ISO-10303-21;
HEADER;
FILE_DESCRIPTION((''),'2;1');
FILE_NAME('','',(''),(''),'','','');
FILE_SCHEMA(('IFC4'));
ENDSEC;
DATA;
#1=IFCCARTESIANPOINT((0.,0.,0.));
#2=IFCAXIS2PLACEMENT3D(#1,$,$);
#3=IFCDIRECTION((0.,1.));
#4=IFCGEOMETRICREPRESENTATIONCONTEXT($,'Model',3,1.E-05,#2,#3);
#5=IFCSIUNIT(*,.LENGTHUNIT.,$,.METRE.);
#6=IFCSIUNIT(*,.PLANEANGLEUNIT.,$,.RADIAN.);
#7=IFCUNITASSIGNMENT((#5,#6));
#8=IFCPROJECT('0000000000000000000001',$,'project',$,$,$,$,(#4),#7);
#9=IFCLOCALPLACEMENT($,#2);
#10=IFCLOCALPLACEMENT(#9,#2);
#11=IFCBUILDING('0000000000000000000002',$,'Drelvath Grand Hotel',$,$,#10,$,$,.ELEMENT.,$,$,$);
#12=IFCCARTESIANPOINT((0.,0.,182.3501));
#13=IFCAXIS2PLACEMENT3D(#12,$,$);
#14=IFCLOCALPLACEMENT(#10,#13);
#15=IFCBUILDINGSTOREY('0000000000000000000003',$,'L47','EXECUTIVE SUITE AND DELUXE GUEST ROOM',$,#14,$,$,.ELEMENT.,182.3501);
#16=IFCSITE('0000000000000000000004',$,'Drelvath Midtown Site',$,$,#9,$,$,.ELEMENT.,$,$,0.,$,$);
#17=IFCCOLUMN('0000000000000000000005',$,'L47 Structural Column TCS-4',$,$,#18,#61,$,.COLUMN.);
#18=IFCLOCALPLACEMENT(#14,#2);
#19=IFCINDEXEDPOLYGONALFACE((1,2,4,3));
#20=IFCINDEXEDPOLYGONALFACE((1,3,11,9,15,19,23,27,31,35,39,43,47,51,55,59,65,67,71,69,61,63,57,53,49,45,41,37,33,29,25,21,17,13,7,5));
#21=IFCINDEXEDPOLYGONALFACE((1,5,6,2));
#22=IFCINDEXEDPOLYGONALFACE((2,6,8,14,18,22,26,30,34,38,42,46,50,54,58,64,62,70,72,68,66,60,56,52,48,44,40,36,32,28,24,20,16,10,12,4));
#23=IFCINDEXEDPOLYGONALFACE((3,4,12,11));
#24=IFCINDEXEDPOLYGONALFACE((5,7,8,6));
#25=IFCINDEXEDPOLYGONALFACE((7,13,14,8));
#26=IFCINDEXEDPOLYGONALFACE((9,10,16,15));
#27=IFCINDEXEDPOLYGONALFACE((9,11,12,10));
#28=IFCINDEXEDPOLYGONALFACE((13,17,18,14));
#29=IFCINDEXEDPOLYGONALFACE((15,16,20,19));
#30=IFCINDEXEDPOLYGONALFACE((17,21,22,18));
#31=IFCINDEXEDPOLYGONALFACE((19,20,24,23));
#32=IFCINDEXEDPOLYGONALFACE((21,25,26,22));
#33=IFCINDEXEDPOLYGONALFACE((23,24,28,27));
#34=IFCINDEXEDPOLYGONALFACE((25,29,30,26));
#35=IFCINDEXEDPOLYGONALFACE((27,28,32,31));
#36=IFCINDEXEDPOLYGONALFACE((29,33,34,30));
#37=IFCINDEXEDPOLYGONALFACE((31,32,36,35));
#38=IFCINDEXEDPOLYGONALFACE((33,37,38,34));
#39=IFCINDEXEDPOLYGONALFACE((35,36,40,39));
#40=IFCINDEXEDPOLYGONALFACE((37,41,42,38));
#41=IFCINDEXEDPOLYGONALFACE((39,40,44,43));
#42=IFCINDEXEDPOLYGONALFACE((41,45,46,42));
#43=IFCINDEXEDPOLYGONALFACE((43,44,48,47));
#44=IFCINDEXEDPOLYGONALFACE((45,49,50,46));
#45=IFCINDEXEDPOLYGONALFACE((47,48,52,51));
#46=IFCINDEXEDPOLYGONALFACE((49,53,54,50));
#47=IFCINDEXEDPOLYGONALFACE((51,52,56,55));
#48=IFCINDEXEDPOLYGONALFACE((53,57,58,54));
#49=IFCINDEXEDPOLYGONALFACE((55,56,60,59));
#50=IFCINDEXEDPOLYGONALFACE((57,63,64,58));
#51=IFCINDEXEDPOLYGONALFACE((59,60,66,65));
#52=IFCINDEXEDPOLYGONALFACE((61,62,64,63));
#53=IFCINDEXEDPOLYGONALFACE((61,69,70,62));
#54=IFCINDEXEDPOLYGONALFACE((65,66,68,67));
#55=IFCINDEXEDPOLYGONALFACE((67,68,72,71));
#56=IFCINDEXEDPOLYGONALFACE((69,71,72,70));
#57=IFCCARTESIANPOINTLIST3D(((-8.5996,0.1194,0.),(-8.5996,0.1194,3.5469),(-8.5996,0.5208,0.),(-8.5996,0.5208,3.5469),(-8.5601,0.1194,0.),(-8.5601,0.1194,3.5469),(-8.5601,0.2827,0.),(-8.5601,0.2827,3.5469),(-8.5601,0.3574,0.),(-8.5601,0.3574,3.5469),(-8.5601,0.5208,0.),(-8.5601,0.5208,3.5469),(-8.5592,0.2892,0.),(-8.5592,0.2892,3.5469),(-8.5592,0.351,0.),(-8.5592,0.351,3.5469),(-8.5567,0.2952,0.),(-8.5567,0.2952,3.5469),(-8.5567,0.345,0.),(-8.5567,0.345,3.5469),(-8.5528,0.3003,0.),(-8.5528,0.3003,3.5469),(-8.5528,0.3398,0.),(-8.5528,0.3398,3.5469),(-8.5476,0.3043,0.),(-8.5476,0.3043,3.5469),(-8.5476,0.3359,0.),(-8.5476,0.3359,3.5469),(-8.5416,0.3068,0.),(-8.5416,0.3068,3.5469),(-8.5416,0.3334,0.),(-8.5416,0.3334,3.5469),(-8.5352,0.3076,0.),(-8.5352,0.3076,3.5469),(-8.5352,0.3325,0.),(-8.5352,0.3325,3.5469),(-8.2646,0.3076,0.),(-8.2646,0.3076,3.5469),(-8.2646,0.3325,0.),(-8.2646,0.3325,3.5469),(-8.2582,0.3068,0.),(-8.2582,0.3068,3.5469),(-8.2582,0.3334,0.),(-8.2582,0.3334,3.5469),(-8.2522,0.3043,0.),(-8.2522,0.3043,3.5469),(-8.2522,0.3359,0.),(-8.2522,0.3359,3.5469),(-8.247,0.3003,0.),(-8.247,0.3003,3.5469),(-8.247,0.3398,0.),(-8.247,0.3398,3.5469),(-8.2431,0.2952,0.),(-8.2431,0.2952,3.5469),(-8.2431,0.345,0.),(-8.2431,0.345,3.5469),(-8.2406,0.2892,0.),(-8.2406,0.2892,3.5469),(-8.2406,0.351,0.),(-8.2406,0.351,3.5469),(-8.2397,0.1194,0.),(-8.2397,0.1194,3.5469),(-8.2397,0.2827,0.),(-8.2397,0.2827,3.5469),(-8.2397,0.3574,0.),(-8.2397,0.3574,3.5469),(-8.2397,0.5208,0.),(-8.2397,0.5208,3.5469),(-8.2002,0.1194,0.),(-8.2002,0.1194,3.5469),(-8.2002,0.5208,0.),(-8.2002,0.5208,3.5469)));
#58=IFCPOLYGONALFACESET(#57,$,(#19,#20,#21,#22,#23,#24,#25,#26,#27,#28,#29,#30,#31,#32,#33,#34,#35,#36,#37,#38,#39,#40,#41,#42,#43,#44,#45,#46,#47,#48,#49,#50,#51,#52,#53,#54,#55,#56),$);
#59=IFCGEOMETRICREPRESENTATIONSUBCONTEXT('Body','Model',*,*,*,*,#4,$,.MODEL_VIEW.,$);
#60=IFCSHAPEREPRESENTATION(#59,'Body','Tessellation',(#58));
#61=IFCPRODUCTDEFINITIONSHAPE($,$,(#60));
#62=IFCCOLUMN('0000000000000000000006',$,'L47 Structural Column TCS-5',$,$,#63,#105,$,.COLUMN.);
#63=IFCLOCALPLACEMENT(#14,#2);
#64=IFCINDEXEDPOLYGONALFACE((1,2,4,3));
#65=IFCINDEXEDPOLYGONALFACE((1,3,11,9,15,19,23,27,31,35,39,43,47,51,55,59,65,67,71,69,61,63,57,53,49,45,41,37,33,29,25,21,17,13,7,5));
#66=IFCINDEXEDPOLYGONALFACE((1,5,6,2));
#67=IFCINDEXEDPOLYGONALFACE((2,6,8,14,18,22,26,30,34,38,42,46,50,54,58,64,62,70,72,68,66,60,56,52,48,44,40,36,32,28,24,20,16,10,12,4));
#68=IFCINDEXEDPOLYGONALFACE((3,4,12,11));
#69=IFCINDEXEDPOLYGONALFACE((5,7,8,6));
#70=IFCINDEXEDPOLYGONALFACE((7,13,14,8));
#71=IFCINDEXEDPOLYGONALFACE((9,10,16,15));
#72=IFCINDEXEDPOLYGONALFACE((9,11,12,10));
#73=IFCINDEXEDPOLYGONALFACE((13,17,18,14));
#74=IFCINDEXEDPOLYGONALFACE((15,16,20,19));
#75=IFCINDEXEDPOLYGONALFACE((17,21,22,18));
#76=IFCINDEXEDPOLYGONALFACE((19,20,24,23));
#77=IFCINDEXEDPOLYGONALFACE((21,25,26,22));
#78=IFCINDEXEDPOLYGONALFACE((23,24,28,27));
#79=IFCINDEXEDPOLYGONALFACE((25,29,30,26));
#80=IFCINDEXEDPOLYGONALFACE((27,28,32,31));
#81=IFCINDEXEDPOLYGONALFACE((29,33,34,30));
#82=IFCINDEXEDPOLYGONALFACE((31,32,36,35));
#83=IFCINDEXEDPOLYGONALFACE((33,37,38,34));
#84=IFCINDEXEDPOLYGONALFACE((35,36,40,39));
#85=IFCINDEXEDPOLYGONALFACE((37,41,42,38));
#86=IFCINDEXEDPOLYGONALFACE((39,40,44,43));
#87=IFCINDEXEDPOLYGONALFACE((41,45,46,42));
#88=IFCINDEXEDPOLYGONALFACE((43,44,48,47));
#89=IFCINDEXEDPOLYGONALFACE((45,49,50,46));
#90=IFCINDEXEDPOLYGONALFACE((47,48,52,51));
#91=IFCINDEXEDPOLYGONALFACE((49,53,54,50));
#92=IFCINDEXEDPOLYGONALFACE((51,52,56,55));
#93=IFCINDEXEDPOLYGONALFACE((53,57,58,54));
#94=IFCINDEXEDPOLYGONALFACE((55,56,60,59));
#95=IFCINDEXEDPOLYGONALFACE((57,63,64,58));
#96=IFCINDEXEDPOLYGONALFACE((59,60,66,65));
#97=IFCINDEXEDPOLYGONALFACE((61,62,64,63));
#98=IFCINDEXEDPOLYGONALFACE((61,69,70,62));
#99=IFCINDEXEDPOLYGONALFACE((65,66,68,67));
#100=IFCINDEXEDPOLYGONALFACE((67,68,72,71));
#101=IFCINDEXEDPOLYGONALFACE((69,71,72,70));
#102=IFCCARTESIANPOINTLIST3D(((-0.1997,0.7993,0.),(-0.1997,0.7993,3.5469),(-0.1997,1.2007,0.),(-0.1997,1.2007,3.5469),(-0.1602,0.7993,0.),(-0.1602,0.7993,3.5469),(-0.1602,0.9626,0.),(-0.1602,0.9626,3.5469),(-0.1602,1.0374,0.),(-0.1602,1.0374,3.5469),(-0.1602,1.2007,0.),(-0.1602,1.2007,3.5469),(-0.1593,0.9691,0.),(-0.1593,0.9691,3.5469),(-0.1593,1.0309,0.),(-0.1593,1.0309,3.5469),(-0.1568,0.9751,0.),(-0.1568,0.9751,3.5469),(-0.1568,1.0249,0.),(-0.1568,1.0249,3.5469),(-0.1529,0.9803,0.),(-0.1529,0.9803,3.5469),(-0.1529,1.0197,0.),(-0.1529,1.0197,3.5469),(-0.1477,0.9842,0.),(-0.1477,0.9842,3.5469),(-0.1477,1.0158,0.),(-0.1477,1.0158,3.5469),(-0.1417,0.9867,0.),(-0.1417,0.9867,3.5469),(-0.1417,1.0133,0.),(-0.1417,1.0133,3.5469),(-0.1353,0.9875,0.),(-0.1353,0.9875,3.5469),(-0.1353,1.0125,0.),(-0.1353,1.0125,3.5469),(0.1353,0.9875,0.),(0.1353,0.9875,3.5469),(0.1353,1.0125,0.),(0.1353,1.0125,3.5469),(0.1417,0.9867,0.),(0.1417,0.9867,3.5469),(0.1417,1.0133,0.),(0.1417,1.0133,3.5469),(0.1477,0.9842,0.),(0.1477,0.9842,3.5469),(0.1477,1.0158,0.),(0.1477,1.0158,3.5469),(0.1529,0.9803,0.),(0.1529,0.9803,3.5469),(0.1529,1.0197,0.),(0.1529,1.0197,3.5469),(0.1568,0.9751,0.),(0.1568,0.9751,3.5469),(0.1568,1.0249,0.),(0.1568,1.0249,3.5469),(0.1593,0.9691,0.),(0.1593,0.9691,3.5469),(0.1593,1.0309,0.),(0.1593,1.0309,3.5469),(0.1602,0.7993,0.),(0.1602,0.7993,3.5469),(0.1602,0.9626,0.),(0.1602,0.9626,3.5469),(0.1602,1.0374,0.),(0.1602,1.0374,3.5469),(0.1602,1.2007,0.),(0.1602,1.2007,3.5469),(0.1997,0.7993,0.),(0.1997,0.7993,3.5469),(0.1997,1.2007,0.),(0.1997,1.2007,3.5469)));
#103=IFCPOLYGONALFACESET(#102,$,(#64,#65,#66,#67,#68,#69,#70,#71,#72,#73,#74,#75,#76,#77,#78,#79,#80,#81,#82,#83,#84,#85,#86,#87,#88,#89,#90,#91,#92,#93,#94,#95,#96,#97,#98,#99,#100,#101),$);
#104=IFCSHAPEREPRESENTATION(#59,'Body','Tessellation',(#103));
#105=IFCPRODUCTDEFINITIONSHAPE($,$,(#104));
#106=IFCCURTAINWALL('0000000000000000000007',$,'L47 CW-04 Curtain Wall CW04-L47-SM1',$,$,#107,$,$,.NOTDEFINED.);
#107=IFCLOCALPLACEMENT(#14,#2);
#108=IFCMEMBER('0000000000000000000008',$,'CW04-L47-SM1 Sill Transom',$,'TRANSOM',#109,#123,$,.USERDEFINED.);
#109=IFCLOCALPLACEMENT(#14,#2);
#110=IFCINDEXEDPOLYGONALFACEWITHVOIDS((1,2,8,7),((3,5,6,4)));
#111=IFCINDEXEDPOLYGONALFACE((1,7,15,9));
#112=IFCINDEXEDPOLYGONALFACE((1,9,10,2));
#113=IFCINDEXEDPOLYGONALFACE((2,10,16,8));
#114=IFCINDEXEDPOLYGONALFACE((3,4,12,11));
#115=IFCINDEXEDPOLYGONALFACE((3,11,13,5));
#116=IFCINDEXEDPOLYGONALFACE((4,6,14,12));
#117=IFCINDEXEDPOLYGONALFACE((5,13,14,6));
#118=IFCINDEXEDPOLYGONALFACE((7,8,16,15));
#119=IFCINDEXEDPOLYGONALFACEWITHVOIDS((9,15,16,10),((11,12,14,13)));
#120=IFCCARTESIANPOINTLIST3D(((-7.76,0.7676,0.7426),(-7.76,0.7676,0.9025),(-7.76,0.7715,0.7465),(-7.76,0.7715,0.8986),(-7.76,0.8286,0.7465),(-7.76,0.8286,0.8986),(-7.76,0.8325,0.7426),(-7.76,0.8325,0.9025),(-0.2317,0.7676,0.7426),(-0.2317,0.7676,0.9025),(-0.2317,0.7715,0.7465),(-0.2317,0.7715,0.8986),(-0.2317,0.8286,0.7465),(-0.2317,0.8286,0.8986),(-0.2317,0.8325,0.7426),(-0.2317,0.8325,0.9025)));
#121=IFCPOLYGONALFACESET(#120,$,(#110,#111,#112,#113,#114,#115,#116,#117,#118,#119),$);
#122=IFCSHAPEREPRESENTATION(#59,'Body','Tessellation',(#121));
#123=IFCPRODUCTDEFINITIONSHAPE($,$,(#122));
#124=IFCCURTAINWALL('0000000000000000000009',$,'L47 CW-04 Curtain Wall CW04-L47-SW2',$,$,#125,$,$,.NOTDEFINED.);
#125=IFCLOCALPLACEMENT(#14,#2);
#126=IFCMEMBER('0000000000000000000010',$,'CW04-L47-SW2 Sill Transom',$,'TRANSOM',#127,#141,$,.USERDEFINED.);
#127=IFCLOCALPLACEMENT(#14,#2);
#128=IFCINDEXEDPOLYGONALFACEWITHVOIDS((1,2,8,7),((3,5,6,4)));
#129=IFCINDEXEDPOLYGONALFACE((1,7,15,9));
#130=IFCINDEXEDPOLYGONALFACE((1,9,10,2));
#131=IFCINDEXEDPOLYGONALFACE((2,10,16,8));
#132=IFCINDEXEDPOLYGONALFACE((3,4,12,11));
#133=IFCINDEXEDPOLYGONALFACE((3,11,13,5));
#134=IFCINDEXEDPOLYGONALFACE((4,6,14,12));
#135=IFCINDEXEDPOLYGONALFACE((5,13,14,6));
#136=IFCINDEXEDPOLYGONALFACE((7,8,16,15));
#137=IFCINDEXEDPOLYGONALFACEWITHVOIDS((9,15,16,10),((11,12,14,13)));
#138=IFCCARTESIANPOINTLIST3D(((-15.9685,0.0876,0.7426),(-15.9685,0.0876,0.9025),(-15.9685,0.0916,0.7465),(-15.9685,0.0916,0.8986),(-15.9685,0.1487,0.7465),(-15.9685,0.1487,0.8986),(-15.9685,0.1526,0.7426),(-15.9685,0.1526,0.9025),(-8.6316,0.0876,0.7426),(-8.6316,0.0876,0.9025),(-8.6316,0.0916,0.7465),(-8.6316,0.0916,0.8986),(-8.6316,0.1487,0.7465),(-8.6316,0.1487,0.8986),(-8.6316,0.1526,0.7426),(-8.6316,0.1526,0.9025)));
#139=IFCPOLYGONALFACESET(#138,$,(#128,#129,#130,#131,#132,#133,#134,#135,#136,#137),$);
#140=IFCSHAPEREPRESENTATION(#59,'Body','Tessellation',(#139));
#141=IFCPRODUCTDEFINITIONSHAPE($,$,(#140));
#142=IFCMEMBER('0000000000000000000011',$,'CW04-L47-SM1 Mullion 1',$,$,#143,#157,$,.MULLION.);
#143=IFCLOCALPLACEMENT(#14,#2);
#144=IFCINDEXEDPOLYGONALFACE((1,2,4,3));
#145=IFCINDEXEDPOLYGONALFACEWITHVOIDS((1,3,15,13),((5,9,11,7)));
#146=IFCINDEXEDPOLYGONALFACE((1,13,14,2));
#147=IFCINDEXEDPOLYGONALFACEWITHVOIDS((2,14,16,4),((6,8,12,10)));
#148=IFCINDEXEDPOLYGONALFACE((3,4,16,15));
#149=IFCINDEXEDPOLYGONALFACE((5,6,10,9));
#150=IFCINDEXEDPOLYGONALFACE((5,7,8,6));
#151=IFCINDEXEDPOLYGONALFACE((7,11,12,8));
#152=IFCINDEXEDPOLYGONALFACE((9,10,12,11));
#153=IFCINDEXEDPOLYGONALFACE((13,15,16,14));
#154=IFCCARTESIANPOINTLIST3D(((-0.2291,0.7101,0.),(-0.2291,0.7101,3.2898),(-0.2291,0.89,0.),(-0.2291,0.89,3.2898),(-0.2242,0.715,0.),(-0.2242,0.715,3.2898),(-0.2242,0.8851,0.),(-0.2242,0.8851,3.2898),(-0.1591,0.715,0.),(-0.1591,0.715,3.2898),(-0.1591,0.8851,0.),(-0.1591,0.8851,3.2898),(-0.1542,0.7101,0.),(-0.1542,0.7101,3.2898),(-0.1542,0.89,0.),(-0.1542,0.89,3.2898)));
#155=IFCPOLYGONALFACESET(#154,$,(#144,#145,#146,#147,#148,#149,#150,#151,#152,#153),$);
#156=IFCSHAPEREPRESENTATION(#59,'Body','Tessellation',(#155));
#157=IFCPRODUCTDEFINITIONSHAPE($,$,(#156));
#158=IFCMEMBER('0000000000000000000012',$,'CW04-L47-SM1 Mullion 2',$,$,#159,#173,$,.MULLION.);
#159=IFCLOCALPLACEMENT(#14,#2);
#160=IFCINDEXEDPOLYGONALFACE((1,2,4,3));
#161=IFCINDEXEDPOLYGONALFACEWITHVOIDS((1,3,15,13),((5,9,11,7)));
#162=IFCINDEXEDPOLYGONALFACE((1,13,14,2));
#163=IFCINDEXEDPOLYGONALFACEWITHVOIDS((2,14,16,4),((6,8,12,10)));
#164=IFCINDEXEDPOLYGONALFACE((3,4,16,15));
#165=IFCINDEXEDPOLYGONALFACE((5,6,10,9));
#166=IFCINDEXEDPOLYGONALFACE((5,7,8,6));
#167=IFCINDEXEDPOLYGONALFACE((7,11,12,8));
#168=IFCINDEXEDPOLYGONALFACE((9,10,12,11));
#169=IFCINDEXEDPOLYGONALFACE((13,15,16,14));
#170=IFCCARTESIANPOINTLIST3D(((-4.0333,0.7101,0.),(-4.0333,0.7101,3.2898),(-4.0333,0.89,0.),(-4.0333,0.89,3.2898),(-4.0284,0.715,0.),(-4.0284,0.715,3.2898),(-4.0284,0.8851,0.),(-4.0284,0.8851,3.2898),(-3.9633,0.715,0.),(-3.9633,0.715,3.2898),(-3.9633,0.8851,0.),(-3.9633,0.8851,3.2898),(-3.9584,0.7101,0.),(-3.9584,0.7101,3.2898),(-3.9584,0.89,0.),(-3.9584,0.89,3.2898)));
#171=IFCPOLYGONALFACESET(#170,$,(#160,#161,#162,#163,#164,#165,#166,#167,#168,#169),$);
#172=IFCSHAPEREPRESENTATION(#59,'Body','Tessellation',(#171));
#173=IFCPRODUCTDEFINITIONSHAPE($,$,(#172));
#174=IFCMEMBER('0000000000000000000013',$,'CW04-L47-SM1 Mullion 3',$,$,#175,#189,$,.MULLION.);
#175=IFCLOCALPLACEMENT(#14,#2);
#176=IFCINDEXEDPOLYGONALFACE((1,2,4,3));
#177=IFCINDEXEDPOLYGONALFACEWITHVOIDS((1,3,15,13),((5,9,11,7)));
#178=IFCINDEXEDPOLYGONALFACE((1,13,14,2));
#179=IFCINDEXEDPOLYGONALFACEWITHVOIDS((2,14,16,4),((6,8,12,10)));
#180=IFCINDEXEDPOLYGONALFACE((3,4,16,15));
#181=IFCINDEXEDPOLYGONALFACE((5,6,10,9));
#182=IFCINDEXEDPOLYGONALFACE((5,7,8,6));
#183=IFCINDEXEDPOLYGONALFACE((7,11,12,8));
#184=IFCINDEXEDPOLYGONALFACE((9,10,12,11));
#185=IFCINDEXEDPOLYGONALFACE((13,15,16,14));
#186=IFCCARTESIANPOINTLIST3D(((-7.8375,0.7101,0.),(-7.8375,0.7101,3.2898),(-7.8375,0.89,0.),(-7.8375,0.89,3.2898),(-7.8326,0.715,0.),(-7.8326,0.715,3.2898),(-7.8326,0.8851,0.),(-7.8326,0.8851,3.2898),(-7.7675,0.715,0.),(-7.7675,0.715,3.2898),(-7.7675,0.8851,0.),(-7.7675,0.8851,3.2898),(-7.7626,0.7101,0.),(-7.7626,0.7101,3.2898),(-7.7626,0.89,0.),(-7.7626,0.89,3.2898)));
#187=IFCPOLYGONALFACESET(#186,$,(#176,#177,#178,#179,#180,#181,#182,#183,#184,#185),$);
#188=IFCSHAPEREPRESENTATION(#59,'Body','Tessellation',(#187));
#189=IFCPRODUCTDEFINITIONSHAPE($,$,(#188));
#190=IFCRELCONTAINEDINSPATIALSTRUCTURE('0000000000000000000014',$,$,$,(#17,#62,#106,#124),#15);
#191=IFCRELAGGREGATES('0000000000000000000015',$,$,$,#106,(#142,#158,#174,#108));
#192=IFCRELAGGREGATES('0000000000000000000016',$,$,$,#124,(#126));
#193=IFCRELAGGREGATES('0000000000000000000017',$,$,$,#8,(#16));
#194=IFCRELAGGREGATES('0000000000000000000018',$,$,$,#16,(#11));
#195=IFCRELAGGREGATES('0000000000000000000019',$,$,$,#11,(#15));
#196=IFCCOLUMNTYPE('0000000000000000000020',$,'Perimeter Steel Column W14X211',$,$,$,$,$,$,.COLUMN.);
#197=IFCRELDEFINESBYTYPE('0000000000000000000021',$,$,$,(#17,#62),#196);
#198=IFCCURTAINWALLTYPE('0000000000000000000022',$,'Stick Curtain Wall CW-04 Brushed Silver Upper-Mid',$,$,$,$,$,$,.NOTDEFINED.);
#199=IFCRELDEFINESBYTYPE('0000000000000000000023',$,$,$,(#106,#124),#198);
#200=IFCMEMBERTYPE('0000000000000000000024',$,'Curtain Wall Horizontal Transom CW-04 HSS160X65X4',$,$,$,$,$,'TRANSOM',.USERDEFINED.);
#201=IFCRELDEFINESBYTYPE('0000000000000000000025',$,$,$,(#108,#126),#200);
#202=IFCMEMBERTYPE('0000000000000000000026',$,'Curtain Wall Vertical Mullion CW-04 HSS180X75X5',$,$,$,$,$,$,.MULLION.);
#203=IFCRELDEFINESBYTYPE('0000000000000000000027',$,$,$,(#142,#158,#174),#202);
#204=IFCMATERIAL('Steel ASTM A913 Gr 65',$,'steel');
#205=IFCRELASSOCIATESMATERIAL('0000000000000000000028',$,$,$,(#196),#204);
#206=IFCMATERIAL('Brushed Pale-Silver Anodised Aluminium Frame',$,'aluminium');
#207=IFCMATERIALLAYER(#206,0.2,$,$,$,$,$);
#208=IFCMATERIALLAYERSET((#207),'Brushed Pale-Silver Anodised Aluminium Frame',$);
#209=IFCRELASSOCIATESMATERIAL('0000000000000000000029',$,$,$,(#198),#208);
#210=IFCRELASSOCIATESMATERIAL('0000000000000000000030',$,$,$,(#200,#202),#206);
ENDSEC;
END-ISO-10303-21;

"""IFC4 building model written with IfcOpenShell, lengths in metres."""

from ifc_helpers import new_model, si_unit, direction, frame, origin, origin_2d, place, context, subcontext, project, spatial, hollow_rectangle, i_section, extrude, material, layer, layer_set, material_profile, profile_set, type_object, element, aggregate, save


model = new_model("IFC4")

# Units and contexts
model_context = context("Model", 3, precision=1e-05, world=origin(), true_north=direction((0.0, 1.0)))
body_context = subcontext(model_context, "Body", "Model", "MODEL_VIEW")
ifc_project = project(units=[si_unit("LENGTHUNIT", "METRE"), si_unit("PLANEANGLEUNIT", "RADIAN")], contexts=[model_context])

# Site, building, storey
site_placement = place(None, origin())
site = spatial("IfcSite", under=ifc_project, at=site_placement, Name="Drelvath Midtown Site", CompositionType="ELEMENT", RefElevation=0.0)
building_placement = place(site_placement, origin())
building = spatial("IfcBuilding", under=site, at=building_placement, Name="Drelvath Grand Hotel", CompositionType="ELEMENT")
storey_placement = place(building_placement, frame((0.0, 0.0, 182.3501)))
storey = spatial("IfcBuildingStorey", under=building, at=storey_placement, Name="L47", Description="EXECUTIVE SUITE AND DELUXE GUEST ROOM", CompositionType="ELEMENT", Elevation=182.3501)

# Columns
ifc_material_1 = material(Name="Steel ASTM A913 Gr 65", Category="steel")
ifc_material_profile_1 = material_profile(ifc_material_1, i_section(OverallWidth=0.4014, OverallDepth=0.3994, WebThickness=0.0249, FlangeThickness=0.0396, FilletRadius=0.0249, at=origin_2d()), Name="W14X211")
ifc_profile_set_1 = profile_set([ifc_material_profile_1], Name="Steel ASTM A913 Gr 65")
column_type = type_object("IfcColumnType", Name="Perimeter Steel Column W14X211", PredefinedType="COLUMN", material=ifc_profile_set_1)
for number, where, z_axis, x_axis, name in (
    (1, (-8.3999, 0.3201, 0.0), (0.0, 0.0, 1.0), (0.0, 1.0, 0.0), "L47 Structural Column TCS-4"),
    (2, (0.0, 1.0, 0.0), (0.0, 0.0, 1.0), (0.0, 1.0, 0.0), "L47 Structural Column TCS-5"),
):
    element("IfcColumn", number, at=place(storey_placement, frame(where, z_axis=z_axis, x_axis=x_axis)), inside=storey, type_object=column_type, Name=name, PredefinedType="COLUMN", context=body_context, shape_type="SweptSolid", body=[
        extrude(i_section(OverallWidth=0.4014, OverallDepth=0.3994, WebThickness=0.0249, FlangeThickness=0.0396, FilletRadius=0.0249, at=origin_2d()), origin(), (0.0, 0.0, 1.0), 3.5469),
    ])

# Curtain walls, members
ifc_material_2 = material(Name="Brushed Pale-Silver Anodised Aluminium Frame", Category="aluminium")
ifc_layer_1 = layer(ifc_material_2, 0.2)
ifc_layer_set_1 = layer_set([ifc_layer_1], Name="Brushed Pale-Silver Anodised Aluminium Frame")
curtain_wall_type = type_object("IfcCurtainWallType", Name="Stick Curtain Wall CW-04 Brushed Silver Upper-Mid", PredefinedType="NOTDEFINED", material=ifc_layer_set_1)
curtain_wall_1_placement = place(storey_placement, origin())
curtain_wall_1 = element("IfcCurtainWall", 3, at=curtain_wall_1_placement, inside=storey, type_object=curtain_wall_type, Name="L47 CW-04 Curtain Wall CW04-L47-SM1", PredefinedType="NOTDEFINED")
ifc_material_profile_2 = material_profile(ifc_material_2, hollow_rectangle(XDim=0.0649, YDim=0.1599, WallThickness=0.0039, at=origin_2d()), Name="HSS160X65X4")
ifc_profile_set_2 = profile_set([ifc_material_profile_2], Name="Brushed Pale-Silver Anodised Aluminium Frame")
member_type_1 = type_object("IfcMemberType", Name="Curtain Wall Horizontal Transom CW-04 HSS160X65X4", ElementType="TRANSOM", PredefinedType="USERDEFINED", material=ifc_profile_set_2)
member_1_placement = place(storey_placement, frame((-0.2317, 0.8, 0.8225), z_axis=(-1.0, 0.0, 0.0), x_axis=(0.0, -1.0, 0.0)))
member_1 = element("IfcMember", 4, at=member_1_placement, type_object=member_type_1, Name="CW04-L47-SM1 Sill Transom", ObjectType="TRANSOM", PredefinedType="USERDEFINED", context=body_context, shape_type="SweptSolid", body=[
    extrude(hollow_rectangle(XDim=0.0649, YDim=0.1599, WallThickness=0.0039, at=origin_2d()), origin(), (0.0, 0.0, 1.0), 7.5283),
])
curtain_wall_2_placement = place(storey_placement, origin())
curtain_wall_2 = element("IfcCurtainWall", 5, at=curtain_wall_2_placement, inside=storey, type_object=curtain_wall_type, Name="L47 CW-04 Curtain Wall CW04-L47-SW2", PredefinedType="NOTDEFINED")
member_2_placement = place(storey_placement, frame((-8.6316, 0.1201, 0.8225), z_axis=(-1.0, 0.0, 0.0), x_axis=(0.0, -1.0, 0.0)))
member_2 = element("IfcMember", 6, at=member_2_placement, type_object=member_type_1, Name="CW04-L47-SW2 Sill Transom", ObjectType="TRANSOM", PredefinedType="USERDEFINED", context=body_context, shape_type="SweptSolid", body=[
    extrude(hollow_rectangle(XDim=0.0649, YDim=0.1599, WallThickness=0.0039, at=origin_2d()), origin(), (0.0, 0.0, 1.0), 7.3369),
])

# Members
ifc_material_profile_3 = material_profile(ifc_material_2, hollow_rectangle(XDim=0.075, YDim=0.1799, WallThickness=0.0049, at=origin_2d()), Name="HSS180X75X5")
ifc_profile_set_3 = profile_set([ifc_material_profile_3], Name="Brushed Pale-Silver Anodised Aluminium Frame")
member_type_2 = type_object("IfcMemberType", Name="Curtain Wall Vertical Mullion CW-04 HSS180X75X5", PredefinedType="MULLION", material=ifc_profile_set_3)
member_3_placement = place(storey_placement, frame((-0.1917, 0.8, 0.0), z_axis=(0.0, 0.0, 1.0), x_axis=(1.0, 0.0, 0.0)))
member_3 = element("IfcMember", 7, at=member_3_placement, type_object=member_type_2, Name="CW04-L47-SM1 Mullion 1", PredefinedType="MULLION", context=body_context, shape_type="SweptSolid", body=[
    extrude(hollow_rectangle(XDim=0.075, YDim=0.1799, WallThickness=0.0049, at=origin_2d()), origin(), (0.0, 0.0, 1.0), 3.2898),
])
member_4_placement = place(storey_placement, frame((-3.9958, 0.8, 0.0), z_axis=(0.0, 0.0, 1.0), x_axis=(1.0, 0.0, 0.0)))
member_4 = element("IfcMember", 8, at=member_4_placement, type_object=member_type_2, Name="CW04-L47-SM1 Mullion 2", PredefinedType="MULLION", context=body_context, shape_type="SweptSolid", body=[
    extrude(hollow_rectangle(XDim=0.075, YDim=0.1799, WallThickness=0.0049, at=origin_2d()), origin(), (0.0, 0.0, 1.0), 3.2898),
])
member_5_placement = place(storey_placement, frame((-7.8, 0.8, 0.0), z_axis=(0.0, 0.0, 1.0), x_axis=(1.0, 0.0, 0.0)))
member_5 = element("IfcMember", 9, at=member_5_placement, type_object=member_type_2, Name="CW04-L47-SM1 Mullion 3", PredefinedType="MULLION", context=body_context, shape_type="SweptSolid", body=[
    extrude(hollow_rectangle(XDim=0.075, YDim=0.1799, WallThickness=0.0049, at=origin_2d()), origin(), (0.0, 0.0, 1.0), 3.2898),
])

aggregate(curtain_wall_1, [member_3, member_4, member_5, member_1])
aggregate(curtain_wall_2, [member_2])

save(model, "model.ifc")
